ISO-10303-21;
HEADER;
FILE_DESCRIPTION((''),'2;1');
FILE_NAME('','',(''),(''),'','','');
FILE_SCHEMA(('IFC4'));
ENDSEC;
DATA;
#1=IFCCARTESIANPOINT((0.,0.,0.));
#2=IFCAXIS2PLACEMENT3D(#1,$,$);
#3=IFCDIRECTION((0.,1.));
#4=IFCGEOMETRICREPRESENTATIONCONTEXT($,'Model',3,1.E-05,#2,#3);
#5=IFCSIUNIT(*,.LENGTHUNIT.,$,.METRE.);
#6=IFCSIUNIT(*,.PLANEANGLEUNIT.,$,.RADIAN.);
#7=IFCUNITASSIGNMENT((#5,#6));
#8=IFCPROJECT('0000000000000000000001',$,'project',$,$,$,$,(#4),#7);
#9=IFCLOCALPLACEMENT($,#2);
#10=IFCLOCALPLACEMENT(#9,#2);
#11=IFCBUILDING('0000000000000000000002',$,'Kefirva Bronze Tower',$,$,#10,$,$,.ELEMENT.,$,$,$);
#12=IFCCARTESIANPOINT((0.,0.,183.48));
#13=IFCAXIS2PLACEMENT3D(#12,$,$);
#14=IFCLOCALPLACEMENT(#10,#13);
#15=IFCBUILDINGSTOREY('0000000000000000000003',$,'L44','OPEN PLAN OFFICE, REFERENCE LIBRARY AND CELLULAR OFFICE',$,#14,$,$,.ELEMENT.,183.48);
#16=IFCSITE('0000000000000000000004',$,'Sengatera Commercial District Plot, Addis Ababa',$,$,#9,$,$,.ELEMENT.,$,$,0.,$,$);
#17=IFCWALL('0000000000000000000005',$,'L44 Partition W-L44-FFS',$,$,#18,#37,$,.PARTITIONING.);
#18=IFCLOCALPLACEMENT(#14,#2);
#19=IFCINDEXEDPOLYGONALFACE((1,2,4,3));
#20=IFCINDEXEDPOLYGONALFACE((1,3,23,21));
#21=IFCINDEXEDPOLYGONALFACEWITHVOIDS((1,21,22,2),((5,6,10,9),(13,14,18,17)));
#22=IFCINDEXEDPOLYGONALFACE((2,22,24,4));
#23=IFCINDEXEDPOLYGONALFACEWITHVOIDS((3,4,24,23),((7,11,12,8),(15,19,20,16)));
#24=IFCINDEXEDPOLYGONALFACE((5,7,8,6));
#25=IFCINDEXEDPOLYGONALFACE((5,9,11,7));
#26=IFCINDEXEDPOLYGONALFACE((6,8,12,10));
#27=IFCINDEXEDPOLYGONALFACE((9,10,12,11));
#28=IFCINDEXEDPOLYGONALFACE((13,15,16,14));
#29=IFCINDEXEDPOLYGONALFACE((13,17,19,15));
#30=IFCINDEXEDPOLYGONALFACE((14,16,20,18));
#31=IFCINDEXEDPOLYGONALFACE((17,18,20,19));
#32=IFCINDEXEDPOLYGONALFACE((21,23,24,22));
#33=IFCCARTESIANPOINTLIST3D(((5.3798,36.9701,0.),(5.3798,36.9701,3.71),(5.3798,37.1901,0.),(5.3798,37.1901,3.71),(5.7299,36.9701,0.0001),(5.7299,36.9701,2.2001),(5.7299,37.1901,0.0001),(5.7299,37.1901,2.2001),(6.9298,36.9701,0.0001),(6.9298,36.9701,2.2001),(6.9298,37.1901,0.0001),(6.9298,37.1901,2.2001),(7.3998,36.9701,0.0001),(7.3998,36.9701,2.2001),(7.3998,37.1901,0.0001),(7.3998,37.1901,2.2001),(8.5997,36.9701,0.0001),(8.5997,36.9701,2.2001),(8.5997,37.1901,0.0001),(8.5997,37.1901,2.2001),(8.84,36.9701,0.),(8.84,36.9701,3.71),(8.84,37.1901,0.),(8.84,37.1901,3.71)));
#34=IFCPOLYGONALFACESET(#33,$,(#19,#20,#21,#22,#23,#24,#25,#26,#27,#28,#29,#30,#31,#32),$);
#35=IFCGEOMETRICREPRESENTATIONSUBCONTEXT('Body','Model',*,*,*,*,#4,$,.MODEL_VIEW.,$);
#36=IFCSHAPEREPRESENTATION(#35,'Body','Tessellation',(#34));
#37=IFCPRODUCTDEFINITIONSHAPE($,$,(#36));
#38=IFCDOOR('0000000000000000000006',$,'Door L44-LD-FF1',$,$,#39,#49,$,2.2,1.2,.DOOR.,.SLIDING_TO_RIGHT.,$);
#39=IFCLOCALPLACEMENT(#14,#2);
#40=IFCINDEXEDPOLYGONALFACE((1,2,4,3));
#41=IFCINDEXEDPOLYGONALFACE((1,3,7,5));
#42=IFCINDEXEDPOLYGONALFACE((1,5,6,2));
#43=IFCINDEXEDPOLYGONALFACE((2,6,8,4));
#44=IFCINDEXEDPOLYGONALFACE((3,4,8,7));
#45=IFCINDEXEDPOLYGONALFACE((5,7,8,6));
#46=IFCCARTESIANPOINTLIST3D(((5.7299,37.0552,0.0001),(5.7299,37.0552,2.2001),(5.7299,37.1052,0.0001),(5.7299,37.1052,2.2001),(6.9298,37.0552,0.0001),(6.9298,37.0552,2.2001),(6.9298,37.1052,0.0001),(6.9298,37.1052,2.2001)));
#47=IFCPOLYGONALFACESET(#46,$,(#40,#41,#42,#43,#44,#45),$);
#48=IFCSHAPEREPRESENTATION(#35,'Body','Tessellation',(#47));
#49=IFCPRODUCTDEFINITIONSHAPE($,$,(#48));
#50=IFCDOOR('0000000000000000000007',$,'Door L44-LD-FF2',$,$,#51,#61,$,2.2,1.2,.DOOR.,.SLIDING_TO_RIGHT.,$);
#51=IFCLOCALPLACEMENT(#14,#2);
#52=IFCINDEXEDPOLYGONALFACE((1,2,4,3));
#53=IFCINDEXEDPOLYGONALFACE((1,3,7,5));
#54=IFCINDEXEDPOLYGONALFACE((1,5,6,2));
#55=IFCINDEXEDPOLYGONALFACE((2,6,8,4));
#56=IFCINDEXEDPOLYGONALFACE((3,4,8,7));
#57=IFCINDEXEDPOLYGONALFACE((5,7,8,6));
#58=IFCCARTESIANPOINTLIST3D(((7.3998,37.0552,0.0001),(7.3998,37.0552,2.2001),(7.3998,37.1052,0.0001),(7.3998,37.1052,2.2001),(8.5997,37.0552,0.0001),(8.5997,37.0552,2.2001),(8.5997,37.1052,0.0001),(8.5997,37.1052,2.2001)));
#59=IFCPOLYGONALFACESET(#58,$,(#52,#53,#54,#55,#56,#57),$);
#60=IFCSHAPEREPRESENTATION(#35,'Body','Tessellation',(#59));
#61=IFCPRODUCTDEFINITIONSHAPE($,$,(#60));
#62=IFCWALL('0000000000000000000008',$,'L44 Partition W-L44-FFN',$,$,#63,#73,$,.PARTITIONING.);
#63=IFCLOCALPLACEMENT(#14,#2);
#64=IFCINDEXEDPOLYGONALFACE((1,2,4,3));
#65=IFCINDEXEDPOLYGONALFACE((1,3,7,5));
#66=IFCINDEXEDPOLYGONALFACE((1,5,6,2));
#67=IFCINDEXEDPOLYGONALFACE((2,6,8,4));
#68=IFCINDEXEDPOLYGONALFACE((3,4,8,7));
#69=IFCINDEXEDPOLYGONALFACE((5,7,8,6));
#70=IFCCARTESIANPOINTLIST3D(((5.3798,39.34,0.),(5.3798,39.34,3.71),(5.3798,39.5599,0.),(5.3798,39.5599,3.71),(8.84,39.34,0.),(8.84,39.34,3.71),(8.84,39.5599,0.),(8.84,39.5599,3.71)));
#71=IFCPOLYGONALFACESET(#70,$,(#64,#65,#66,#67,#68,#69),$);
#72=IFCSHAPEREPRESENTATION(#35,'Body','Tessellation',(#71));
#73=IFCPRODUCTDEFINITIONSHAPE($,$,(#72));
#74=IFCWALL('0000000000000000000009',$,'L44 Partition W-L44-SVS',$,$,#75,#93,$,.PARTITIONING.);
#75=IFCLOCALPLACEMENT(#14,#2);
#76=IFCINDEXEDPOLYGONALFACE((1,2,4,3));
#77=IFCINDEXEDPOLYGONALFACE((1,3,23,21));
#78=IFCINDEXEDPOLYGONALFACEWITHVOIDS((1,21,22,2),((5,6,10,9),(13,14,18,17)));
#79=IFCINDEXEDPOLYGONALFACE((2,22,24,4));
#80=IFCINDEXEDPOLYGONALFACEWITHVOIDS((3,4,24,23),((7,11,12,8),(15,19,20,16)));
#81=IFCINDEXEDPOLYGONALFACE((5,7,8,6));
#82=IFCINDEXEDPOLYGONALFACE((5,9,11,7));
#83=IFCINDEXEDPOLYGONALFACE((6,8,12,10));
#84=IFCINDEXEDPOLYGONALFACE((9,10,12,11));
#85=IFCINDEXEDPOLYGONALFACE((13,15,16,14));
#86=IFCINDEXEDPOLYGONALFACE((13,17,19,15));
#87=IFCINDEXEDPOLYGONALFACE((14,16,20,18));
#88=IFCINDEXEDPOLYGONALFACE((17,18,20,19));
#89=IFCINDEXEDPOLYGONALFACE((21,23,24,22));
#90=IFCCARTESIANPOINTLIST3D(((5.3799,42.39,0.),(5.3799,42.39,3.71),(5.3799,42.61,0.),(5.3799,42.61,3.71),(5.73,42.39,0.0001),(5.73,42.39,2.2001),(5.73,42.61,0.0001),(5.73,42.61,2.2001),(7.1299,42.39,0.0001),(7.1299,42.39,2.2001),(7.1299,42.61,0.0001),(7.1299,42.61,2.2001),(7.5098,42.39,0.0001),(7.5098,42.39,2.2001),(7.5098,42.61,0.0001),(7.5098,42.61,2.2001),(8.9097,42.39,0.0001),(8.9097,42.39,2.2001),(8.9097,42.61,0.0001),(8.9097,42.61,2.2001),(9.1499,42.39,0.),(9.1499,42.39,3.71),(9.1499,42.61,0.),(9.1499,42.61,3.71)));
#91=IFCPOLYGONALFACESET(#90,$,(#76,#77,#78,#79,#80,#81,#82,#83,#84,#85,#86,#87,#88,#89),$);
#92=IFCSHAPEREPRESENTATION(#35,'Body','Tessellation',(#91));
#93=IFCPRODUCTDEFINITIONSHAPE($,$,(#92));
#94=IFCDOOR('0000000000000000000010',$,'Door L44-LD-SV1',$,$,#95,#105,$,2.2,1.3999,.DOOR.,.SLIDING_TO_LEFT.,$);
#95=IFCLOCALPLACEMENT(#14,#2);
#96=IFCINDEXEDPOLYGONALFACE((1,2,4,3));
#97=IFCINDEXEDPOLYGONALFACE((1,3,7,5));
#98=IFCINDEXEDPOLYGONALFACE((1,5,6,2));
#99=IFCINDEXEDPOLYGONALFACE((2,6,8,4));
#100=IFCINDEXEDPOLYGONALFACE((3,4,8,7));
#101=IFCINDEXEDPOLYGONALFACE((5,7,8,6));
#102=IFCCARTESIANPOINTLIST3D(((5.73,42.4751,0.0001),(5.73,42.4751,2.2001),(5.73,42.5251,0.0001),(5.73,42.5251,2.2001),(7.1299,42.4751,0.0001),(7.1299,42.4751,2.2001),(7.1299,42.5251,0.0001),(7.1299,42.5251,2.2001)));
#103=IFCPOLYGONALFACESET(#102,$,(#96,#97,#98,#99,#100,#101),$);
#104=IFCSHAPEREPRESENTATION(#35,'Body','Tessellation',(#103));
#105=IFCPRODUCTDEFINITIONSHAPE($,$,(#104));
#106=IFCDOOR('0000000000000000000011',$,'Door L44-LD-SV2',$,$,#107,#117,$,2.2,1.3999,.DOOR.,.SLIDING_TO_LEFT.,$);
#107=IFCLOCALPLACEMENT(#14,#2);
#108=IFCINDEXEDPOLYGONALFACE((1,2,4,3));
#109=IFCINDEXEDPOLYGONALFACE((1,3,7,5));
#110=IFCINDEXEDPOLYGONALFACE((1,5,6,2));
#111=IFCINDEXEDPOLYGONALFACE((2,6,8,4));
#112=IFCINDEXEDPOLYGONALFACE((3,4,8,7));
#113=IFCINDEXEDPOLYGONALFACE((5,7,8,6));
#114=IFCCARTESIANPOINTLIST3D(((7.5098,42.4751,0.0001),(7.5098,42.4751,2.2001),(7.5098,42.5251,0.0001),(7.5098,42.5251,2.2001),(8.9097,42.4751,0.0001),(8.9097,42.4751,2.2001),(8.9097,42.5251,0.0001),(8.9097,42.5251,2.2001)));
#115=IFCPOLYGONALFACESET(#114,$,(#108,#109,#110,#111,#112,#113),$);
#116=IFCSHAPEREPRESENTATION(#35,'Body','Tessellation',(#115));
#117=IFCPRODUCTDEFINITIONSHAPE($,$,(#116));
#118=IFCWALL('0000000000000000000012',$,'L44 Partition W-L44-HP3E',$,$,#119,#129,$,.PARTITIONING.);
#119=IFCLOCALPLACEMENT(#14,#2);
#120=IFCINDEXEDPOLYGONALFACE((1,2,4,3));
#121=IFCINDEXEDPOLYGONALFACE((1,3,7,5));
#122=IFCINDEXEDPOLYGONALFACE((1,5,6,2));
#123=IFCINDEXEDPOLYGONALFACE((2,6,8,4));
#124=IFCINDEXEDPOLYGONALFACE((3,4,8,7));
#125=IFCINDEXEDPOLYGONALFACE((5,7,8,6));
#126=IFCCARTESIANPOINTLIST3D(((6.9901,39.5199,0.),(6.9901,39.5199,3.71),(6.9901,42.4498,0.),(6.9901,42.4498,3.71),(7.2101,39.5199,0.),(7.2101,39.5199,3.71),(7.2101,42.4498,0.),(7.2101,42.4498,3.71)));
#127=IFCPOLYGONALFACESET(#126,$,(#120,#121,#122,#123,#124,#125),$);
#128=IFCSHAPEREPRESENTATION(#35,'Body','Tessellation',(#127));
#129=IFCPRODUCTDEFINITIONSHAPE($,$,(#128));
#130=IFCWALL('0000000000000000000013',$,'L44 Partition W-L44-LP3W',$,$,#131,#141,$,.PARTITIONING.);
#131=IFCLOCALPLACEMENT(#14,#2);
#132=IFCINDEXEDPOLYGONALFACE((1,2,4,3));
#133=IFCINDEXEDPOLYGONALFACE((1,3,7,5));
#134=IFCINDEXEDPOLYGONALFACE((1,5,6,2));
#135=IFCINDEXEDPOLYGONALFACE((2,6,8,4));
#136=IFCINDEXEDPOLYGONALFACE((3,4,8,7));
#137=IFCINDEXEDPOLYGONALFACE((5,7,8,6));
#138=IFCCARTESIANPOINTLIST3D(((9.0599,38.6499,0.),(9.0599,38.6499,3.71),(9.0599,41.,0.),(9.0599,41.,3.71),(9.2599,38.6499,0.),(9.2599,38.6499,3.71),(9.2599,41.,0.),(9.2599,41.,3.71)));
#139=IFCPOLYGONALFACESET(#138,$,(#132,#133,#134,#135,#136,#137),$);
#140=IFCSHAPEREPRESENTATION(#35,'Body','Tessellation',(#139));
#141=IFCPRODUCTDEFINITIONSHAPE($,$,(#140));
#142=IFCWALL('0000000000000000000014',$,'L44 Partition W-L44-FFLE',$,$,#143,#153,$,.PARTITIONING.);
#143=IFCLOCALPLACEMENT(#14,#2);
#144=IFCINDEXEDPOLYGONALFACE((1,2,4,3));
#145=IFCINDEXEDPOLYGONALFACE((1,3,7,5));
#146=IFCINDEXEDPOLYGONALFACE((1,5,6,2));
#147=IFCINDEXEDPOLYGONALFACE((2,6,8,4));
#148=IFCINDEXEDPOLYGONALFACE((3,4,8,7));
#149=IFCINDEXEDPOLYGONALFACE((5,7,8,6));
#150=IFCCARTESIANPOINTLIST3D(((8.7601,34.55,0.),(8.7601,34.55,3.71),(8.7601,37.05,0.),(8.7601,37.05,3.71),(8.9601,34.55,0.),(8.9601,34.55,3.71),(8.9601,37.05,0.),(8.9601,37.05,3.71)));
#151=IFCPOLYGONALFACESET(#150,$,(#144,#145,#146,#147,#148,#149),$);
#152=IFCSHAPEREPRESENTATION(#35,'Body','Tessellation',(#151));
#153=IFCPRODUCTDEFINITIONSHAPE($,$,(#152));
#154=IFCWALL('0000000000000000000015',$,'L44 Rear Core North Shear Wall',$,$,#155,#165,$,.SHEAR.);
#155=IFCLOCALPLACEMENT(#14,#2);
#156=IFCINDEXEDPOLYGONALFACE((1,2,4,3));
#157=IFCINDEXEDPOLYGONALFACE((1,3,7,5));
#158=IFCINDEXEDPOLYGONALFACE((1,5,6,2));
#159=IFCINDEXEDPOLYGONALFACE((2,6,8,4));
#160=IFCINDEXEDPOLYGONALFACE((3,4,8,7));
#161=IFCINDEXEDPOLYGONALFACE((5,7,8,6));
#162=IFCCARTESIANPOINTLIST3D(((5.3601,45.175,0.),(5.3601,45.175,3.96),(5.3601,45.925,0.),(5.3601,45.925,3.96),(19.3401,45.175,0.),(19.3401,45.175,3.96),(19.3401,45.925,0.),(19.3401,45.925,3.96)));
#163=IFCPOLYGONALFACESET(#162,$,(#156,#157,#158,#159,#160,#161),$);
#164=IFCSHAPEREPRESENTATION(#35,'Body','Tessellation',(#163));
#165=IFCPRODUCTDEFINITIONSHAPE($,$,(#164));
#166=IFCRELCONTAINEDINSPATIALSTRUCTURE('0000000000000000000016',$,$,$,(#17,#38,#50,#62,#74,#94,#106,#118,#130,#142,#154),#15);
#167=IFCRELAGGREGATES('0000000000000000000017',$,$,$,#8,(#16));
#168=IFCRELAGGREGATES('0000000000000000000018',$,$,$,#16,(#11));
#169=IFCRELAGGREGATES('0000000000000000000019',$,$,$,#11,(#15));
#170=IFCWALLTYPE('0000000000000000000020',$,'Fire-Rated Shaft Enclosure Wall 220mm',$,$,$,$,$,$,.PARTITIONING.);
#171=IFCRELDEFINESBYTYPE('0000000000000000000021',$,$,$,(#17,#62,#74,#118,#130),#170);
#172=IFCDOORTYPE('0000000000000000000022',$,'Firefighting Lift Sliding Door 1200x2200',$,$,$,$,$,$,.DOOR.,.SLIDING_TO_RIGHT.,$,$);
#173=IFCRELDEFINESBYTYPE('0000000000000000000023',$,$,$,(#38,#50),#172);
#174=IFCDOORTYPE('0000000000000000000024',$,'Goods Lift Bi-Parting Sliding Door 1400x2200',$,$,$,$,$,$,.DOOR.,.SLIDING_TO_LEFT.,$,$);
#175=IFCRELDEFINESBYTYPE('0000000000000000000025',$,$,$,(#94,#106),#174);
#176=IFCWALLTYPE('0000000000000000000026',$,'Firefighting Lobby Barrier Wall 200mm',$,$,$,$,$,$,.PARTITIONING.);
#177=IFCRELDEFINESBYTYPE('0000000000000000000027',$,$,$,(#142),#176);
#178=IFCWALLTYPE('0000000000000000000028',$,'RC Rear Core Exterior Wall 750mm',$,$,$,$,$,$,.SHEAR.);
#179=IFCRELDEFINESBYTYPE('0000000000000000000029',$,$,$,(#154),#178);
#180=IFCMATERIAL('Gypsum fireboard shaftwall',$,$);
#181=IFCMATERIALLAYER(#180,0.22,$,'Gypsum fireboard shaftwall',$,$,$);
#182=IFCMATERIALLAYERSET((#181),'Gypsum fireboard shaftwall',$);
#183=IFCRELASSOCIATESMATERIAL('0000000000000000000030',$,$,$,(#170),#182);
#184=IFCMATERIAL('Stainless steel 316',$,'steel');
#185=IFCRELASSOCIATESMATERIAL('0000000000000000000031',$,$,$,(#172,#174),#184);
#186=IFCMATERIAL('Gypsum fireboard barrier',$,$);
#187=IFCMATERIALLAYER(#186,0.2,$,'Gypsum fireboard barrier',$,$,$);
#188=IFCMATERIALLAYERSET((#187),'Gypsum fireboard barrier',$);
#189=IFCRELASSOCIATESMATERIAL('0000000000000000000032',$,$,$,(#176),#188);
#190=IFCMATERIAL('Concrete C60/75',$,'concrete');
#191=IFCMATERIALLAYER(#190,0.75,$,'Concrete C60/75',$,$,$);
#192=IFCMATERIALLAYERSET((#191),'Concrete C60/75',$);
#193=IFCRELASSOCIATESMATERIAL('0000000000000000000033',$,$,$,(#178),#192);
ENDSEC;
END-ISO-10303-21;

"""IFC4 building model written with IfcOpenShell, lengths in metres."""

from ifc_helpers import new_model, si_unit, direction, frame, frame_2d, origin, place, context, subcontext, project, spatial, rectangle, extrude, material, layer, layer_set, type_object, element, fill, save


model = new_model("IFC4")

# Units and contexts
model_context = context("Model", 3, precision=1e-05, world=origin(), true_north=direction((0.0, 1.0)))
body_context = subcontext(model_context, "Body", "Model", "MODEL_VIEW")
ifc_project = project(units=[si_unit("LENGTHUNIT", "METRE"), si_unit("PLANEANGLEUNIT", "RADIAN")], contexts=[model_context])

# Site, building, storey
site_placement = place(None, origin())
site = spatial("IfcSite", under=ifc_project, at=site_placement, Name="Sengatera Commercial District Plot, Addis Ababa", CompositionType="ELEMENT", RefElevation=0.0)
building_placement = place(site_placement, origin())
building = spatial("IfcBuilding", under=site, at=building_placement, Name="Kefirva Bronze Tower", CompositionType="ELEMENT")
storey_placement = place(building_placement, frame((0.0, 0.0, 183.48)))
storey = spatial("IfcBuildingStorey", under=building, at=storey_placement, Name="L44", Description="OPEN PLAN OFFICE, REFERENCE LIBRARY AND CELLULAR OFFICE", CompositionType="ELEMENT", Elevation=183.48)

# Wall, openings, doors
ifc_material_1 = material(Name="Gypsum fireboard shaftwall")
ifc_layer_1 = layer(ifc_material_1, 0.22, Name="Gypsum fireboard shaftwall")
ifc_layer_set_1 = layer_set([ifc_layer_1], Name="Gypsum fireboard shaftwall")
wall_type_1 = type_object("IfcWallType", Name="Fire-Rated Shaft Enclosure Wall 220mm", PredefinedType="PARTITIONING", material=ifc_layer_set_1)
wall_1_placement = place(storey_placement, frame((5.3799, 37.0801, 0.0), z_axis=(0.0, 0.0, 1.0), x_axis=(1.0, 0.0, 0.0)))
wall_1 = element("IfcWall", 1, at=wall_1_placement, inside=storey, type_object=wall_type_1, Name="L44 Partition W-L44-FFS", PredefinedType="PARTITIONING", context=body_context, shape_type="SweptSolid", body=[
    extrude(rectangle(XDim=3.4602, YDim=0.22, at=frame_2d((1.73, 0.0))), origin(), (0.0, 0.0, 1.0), 3.71),
])
opening_1_placement = place(wall_1_placement, frame((1.55, 0.0, 0.0), z_axis=(0.0, 0.0, 1.0), x_axis=(-1.0, 0.0, 0.0)))
opening_1 = element("IfcOpeningElement", 2, at=opening_1_placement, cuts=wall_1, PredefinedType="OPENING", context=body_context, shape_type="SweptSolid", body=[
    extrude(rectangle(XDim=1.2, YDim=2.2, at=frame_2d((0.6001, 1.1001))), frame((0.0, 0.1201, 0.0), z_axis=(0.0, -1.0, 0.0), x_axis=(1.0, 0.0, 0.0)), (0.0, 0.0, 1.0), 0.24),
])
opening_2_placement = place(wall_1_placement, frame((3.22, 0.0, 0.0), z_axis=(0.0, 0.0, 1.0), x_axis=(-1.0, 0.0, 0.0)))
opening_2 = element("IfcOpeningElement", 3, at=opening_2_placement, cuts=wall_1, PredefinedType="OPENING", context=body_context, shape_type="SweptSolid", body=[
    extrude(rectangle(XDim=1.2, YDim=2.2, at=frame_2d((0.6001, 1.1001))), frame((0.0, 0.1201, 0.0), z_axis=(0.0, -1.0, 0.0), x_axis=(1.0, 0.0, 0.0)), (0.0, 0.0, 1.0), 0.24),
])
ifc_material_2 = material(Name="Stainless steel 316", Category="steel")
door_type_1 = type_object("IfcDoorType", Name="Firefighting Lift Sliding Door 1200x2200", OperationType="SLIDING_TO_RIGHT", PredefinedType="DOOR", material=ifc_material_2)
door_1_placement = place(opening_1_placement, origin())
door_1 = element("IfcDoor", 4, at=door_1_placement, inside=storey, type_object=door_type_1, Name="Door L44-LD-FF1", OperationType="SLIDING_TO_RIGHT", OverallHeight=2.2, OverallWidth=1.2, PredefinedType="DOOR", context=body_context, shape_type="SweptSolid", body=[
    extrude(rectangle(XDim=1.2, YDim=2.2, at=frame_2d((0.6001, 1.1001))), frame((0.0, 0.0249, 0.0), z_axis=(0.0, -1.0, 0.0), x_axis=(1.0, 0.0, 0.0)), (0.0, 0.0, 1.0), 0.05),
])
fill(opening_1, door_1)
door_2_placement = place(opening_2_placement, origin())
door_2 = element("IfcDoor", 5, at=door_2_placement, inside=storey, type_object=door_type_1, Name="Door L44-LD-FF2", OperationType="SLIDING_TO_RIGHT", OverallHeight=2.2, OverallWidth=1.2, PredefinedType="DOOR", context=body_context, shape_type="SweptSolid", body=[
    extrude(rectangle(XDim=1.2, YDim=2.2, at=frame_2d((0.6001, 1.1001))), frame((0.0, 0.0249, 0.0), z_axis=(0.0, -1.0, 0.0), x_axis=(1.0, 0.0, 0.0)), (0.0, 0.0, 1.0), 0.05),
])
fill(opening_2, door_2)

# Wall
wall_2_placement = place(storey_placement, frame((5.3799, 39.45, 0.0), z_axis=(0.0, 0.0, 1.0), x_axis=(1.0, 0.0, 0.0)))
element("IfcWall", 6, at=wall_2_placement, inside=storey, type_object=wall_type_1, Name="L44 Partition W-L44-FFN", PredefinedType="PARTITIONING", context=body_context, shape_type="SweptSolid", body=[
    extrude(rectangle(XDim=3.4602, YDim=0.22, at=frame_2d((1.73, 0.0))), origin(), (0.0, 0.0, 1.0), 3.71),
])

# Wall, openings, doors
wall_3_placement = place(storey_placement, frame((5.3799, 42.5, 0.0), z_axis=(0.0, 0.0, 1.0), x_axis=(1.0, 0.0, 0.0)))
wall_3 = element("IfcWall", 7, at=wall_3_placement, inside=storey, type_object=wall_type_1, Name="L44 Partition W-L44-SVS", PredefinedType="PARTITIONING", context=body_context, shape_type="SweptSolid", body=[
    extrude(rectangle(XDim=3.77, YDim=0.22, at=frame_2d((1.885, 0.0))), origin(), (0.0, 0.0, 1.0), 3.71),
])
opening_3_placement = place(wall_3_placement, frame((1.75, 0.0, 0.0), z_axis=(0.0, 0.0, 1.0), x_axis=(-1.0, 0.0, 0.0)))
opening_3 = element("IfcOpeningElement", 8, at=opening_3_placement, cuts=wall_3, PredefinedType="OPENING", context=body_context, shape_type="SweptSolid", body=[
    extrude(rectangle(XDim=1.3999, YDim=2.2, at=frame_2d((0.7, 1.1001))), frame((0.0, 0.1201, 0.0), z_axis=(0.0, -1.0, 0.0), x_axis=(1.0, 0.0, 0.0)), (0.0, 0.0, 1.0), 0.24),
])
opening_4_placement = place(wall_3_placement, frame((3.5298, 0.0, 0.0), z_axis=(0.0, 0.0, 1.0), x_axis=(-1.0, 0.0, 0.0)))
opening_4 = element("IfcOpeningElement", 9, at=opening_4_placement, cuts=wall_3, PredefinedType="OPENING", context=body_context, shape_type="SweptSolid", body=[
    extrude(rectangle(XDim=1.3999, YDim=2.2, at=frame_2d((0.7, 1.1001))), frame((0.0, 0.1201, 0.0), z_axis=(0.0, -1.0, 0.0), x_axis=(1.0, 0.0, 0.0)), (0.0, 0.0, 1.0), 0.24),
])
door_type_2 = type_object("IfcDoorType", Name="Goods Lift Bi-Parting Sliding Door 1400x2200", OperationType="SLIDING_TO_LEFT", PredefinedType="DOOR", material=ifc_material_2)
door_3_placement = place(opening_3_placement, origin())
door_3 = element("IfcDoor", 10, at=door_3_placement, inside=storey, type_object=door_type_2, Name="Door L44-LD-SV1", OperationType="SLIDING_TO_LEFT", OverallHeight=2.2, OverallWidth=1.3999, PredefinedType="DOOR", context=body_context, shape_type="SweptSolid", body=[
    extrude(rectangle(XDim=1.3999, YDim=2.2, at=frame_2d((0.7, 1.1001))), frame((0.0, 0.0249, 0.0), z_axis=(0.0, -1.0, 0.0), x_axis=(1.0, 0.0, 0.0)), (0.0, 0.0, 1.0), 0.05),
])
fill(opening_3, door_3)
door_4_placement = place(opening_4_placement, origin())
door_4 = element("IfcDoor", 11, at=door_4_placement, inside=storey, type_object=door_type_2, Name="Door L44-LD-SV2", OperationType="SLIDING_TO_LEFT", OverallHeight=2.2, OverallWidth=1.3999, PredefinedType="DOOR", context=body_context, shape_type="SweptSolid", body=[
    extrude(rectangle(XDim=1.3999, YDim=2.2, at=frame_2d((0.7, 1.1001))), frame((0.0, 0.0249, 0.0), z_axis=(0.0, -1.0, 0.0), x_axis=(1.0, 0.0, 0.0)), (0.0, 0.0, 1.0), 0.05),
])
fill(opening_4, door_4)

# Walls
wall_4_placement = place(storey_placement, frame((7.1001, 39.52, 0.0), z_axis=(0.0, 0.0, 1.0), x_axis=(0.0, 1.0, 0.0)))
element("IfcWall", 12, at=wall_4_placement, inside=storey, type_object=wall_type_1, Name="L44 Partition W-L44-HP3E", PredefinedType="PARTITIONING", context=body_context, shape_type="SweptSolid", body=[
    extrude(rectangle(XDim=2.9299, YDim=0.22, at=frame_2d((1.4648, 0.0))), origin(), (0.0, 0.0, 1.0), 3.71),
])
wall_5_placement = place(storey_placement, frame((9.1599, 38.6499, 0.0), z_axis=(0.0, 0.0, 1.0), x_axis=(0.0, 1.0, 0.0)))
element("IfcWall", 13, at=wall_5_placement, inside=storey, type_object=wall_type_1, Name="L44 Partition W-L44-LP3W", PredefinedType="PARTITIONING", context=body_context, shape_type="SweptSolid", body=[
    extrude(rectangle(XDim=2.3501, YDim=0.2, at=frame_2d((1.175, 0.0))), origin(), (0.0, 0.0, 1.0), 3.71),
])
ifc_material_3 = material(Name="Gypsum fireboard barrier")
ifc_layer_2 = layer(ifc_material_3, 0.2, Name="Gypsum fireboard barrier")
ifc_layer_set_2 = layer_set([ifc_layer_2], Name="Gypsum fireboard barrier")
wall_type_2 = type_object("IfcWallType", Name="Firefighting Lobby Barrier Wall 200mm", PredefinedType="PARTITIONING", material=ifc_layer_set_2)
wall_6_placement = place(storey_placement, frame((8.8601, 34.55, 0.0), z_axis=(0.0, 0.0, 1.0), x_axis=(0.0, 1.0, 0.0)))
element("IfcWall", 14, at=wall_6_placement, inside=storey, type_object=wall_type_2, Name="L44 Partition W-L44-FFLE", PredefinedType="PARTITIONING", context=body_context, shape_type="SweptSolid", body=[
    extrude(rectangle(XDim=2.5, YDim=0.2, at=frame_2d((1.25, 0.0))), origin(), (0.0, 0.0, 1.0), 3.71),
])

# Wall
ifc_material_4 = material(Name="Concrete C60/75", Category="concrete")
ifc_layer_3 = layer(ifc_material_4, 0.75, Name="Concrete C60/75")
ifc_layer_set_3 = layer_set([ifc_layer_3], Name="Concrete C60/75")
wall_type_3 = type_object("IfcWallType", Name="RC Rear Core Exterior Wall 750mm", PredefinedType="SHEAR", material=ifc_layer_set_3)
wall_7_placement = place(storey_placement, frame((5.3601, 45.55, 0.0), z_axis=(0.0, 0.0, 1.0), x_axis=(1.0, 0.0, 0.0)))
element("IfcWall", 15, at=wall_7_placement, inside=storey, type_object=wall_type_3, Name="L44 Rear Core North Shear Wall", PredefinedType="SHEAR", context=body_context, shape_type="SweptSolid", body=[
    extrude(rectangle(XDim=13.98, YDim=0.75, at=frame_2d((6.99, 0.0))), origin(), (0.0, 0.0, 1.0), 3.96),
])

save(model, "model.ifc")
